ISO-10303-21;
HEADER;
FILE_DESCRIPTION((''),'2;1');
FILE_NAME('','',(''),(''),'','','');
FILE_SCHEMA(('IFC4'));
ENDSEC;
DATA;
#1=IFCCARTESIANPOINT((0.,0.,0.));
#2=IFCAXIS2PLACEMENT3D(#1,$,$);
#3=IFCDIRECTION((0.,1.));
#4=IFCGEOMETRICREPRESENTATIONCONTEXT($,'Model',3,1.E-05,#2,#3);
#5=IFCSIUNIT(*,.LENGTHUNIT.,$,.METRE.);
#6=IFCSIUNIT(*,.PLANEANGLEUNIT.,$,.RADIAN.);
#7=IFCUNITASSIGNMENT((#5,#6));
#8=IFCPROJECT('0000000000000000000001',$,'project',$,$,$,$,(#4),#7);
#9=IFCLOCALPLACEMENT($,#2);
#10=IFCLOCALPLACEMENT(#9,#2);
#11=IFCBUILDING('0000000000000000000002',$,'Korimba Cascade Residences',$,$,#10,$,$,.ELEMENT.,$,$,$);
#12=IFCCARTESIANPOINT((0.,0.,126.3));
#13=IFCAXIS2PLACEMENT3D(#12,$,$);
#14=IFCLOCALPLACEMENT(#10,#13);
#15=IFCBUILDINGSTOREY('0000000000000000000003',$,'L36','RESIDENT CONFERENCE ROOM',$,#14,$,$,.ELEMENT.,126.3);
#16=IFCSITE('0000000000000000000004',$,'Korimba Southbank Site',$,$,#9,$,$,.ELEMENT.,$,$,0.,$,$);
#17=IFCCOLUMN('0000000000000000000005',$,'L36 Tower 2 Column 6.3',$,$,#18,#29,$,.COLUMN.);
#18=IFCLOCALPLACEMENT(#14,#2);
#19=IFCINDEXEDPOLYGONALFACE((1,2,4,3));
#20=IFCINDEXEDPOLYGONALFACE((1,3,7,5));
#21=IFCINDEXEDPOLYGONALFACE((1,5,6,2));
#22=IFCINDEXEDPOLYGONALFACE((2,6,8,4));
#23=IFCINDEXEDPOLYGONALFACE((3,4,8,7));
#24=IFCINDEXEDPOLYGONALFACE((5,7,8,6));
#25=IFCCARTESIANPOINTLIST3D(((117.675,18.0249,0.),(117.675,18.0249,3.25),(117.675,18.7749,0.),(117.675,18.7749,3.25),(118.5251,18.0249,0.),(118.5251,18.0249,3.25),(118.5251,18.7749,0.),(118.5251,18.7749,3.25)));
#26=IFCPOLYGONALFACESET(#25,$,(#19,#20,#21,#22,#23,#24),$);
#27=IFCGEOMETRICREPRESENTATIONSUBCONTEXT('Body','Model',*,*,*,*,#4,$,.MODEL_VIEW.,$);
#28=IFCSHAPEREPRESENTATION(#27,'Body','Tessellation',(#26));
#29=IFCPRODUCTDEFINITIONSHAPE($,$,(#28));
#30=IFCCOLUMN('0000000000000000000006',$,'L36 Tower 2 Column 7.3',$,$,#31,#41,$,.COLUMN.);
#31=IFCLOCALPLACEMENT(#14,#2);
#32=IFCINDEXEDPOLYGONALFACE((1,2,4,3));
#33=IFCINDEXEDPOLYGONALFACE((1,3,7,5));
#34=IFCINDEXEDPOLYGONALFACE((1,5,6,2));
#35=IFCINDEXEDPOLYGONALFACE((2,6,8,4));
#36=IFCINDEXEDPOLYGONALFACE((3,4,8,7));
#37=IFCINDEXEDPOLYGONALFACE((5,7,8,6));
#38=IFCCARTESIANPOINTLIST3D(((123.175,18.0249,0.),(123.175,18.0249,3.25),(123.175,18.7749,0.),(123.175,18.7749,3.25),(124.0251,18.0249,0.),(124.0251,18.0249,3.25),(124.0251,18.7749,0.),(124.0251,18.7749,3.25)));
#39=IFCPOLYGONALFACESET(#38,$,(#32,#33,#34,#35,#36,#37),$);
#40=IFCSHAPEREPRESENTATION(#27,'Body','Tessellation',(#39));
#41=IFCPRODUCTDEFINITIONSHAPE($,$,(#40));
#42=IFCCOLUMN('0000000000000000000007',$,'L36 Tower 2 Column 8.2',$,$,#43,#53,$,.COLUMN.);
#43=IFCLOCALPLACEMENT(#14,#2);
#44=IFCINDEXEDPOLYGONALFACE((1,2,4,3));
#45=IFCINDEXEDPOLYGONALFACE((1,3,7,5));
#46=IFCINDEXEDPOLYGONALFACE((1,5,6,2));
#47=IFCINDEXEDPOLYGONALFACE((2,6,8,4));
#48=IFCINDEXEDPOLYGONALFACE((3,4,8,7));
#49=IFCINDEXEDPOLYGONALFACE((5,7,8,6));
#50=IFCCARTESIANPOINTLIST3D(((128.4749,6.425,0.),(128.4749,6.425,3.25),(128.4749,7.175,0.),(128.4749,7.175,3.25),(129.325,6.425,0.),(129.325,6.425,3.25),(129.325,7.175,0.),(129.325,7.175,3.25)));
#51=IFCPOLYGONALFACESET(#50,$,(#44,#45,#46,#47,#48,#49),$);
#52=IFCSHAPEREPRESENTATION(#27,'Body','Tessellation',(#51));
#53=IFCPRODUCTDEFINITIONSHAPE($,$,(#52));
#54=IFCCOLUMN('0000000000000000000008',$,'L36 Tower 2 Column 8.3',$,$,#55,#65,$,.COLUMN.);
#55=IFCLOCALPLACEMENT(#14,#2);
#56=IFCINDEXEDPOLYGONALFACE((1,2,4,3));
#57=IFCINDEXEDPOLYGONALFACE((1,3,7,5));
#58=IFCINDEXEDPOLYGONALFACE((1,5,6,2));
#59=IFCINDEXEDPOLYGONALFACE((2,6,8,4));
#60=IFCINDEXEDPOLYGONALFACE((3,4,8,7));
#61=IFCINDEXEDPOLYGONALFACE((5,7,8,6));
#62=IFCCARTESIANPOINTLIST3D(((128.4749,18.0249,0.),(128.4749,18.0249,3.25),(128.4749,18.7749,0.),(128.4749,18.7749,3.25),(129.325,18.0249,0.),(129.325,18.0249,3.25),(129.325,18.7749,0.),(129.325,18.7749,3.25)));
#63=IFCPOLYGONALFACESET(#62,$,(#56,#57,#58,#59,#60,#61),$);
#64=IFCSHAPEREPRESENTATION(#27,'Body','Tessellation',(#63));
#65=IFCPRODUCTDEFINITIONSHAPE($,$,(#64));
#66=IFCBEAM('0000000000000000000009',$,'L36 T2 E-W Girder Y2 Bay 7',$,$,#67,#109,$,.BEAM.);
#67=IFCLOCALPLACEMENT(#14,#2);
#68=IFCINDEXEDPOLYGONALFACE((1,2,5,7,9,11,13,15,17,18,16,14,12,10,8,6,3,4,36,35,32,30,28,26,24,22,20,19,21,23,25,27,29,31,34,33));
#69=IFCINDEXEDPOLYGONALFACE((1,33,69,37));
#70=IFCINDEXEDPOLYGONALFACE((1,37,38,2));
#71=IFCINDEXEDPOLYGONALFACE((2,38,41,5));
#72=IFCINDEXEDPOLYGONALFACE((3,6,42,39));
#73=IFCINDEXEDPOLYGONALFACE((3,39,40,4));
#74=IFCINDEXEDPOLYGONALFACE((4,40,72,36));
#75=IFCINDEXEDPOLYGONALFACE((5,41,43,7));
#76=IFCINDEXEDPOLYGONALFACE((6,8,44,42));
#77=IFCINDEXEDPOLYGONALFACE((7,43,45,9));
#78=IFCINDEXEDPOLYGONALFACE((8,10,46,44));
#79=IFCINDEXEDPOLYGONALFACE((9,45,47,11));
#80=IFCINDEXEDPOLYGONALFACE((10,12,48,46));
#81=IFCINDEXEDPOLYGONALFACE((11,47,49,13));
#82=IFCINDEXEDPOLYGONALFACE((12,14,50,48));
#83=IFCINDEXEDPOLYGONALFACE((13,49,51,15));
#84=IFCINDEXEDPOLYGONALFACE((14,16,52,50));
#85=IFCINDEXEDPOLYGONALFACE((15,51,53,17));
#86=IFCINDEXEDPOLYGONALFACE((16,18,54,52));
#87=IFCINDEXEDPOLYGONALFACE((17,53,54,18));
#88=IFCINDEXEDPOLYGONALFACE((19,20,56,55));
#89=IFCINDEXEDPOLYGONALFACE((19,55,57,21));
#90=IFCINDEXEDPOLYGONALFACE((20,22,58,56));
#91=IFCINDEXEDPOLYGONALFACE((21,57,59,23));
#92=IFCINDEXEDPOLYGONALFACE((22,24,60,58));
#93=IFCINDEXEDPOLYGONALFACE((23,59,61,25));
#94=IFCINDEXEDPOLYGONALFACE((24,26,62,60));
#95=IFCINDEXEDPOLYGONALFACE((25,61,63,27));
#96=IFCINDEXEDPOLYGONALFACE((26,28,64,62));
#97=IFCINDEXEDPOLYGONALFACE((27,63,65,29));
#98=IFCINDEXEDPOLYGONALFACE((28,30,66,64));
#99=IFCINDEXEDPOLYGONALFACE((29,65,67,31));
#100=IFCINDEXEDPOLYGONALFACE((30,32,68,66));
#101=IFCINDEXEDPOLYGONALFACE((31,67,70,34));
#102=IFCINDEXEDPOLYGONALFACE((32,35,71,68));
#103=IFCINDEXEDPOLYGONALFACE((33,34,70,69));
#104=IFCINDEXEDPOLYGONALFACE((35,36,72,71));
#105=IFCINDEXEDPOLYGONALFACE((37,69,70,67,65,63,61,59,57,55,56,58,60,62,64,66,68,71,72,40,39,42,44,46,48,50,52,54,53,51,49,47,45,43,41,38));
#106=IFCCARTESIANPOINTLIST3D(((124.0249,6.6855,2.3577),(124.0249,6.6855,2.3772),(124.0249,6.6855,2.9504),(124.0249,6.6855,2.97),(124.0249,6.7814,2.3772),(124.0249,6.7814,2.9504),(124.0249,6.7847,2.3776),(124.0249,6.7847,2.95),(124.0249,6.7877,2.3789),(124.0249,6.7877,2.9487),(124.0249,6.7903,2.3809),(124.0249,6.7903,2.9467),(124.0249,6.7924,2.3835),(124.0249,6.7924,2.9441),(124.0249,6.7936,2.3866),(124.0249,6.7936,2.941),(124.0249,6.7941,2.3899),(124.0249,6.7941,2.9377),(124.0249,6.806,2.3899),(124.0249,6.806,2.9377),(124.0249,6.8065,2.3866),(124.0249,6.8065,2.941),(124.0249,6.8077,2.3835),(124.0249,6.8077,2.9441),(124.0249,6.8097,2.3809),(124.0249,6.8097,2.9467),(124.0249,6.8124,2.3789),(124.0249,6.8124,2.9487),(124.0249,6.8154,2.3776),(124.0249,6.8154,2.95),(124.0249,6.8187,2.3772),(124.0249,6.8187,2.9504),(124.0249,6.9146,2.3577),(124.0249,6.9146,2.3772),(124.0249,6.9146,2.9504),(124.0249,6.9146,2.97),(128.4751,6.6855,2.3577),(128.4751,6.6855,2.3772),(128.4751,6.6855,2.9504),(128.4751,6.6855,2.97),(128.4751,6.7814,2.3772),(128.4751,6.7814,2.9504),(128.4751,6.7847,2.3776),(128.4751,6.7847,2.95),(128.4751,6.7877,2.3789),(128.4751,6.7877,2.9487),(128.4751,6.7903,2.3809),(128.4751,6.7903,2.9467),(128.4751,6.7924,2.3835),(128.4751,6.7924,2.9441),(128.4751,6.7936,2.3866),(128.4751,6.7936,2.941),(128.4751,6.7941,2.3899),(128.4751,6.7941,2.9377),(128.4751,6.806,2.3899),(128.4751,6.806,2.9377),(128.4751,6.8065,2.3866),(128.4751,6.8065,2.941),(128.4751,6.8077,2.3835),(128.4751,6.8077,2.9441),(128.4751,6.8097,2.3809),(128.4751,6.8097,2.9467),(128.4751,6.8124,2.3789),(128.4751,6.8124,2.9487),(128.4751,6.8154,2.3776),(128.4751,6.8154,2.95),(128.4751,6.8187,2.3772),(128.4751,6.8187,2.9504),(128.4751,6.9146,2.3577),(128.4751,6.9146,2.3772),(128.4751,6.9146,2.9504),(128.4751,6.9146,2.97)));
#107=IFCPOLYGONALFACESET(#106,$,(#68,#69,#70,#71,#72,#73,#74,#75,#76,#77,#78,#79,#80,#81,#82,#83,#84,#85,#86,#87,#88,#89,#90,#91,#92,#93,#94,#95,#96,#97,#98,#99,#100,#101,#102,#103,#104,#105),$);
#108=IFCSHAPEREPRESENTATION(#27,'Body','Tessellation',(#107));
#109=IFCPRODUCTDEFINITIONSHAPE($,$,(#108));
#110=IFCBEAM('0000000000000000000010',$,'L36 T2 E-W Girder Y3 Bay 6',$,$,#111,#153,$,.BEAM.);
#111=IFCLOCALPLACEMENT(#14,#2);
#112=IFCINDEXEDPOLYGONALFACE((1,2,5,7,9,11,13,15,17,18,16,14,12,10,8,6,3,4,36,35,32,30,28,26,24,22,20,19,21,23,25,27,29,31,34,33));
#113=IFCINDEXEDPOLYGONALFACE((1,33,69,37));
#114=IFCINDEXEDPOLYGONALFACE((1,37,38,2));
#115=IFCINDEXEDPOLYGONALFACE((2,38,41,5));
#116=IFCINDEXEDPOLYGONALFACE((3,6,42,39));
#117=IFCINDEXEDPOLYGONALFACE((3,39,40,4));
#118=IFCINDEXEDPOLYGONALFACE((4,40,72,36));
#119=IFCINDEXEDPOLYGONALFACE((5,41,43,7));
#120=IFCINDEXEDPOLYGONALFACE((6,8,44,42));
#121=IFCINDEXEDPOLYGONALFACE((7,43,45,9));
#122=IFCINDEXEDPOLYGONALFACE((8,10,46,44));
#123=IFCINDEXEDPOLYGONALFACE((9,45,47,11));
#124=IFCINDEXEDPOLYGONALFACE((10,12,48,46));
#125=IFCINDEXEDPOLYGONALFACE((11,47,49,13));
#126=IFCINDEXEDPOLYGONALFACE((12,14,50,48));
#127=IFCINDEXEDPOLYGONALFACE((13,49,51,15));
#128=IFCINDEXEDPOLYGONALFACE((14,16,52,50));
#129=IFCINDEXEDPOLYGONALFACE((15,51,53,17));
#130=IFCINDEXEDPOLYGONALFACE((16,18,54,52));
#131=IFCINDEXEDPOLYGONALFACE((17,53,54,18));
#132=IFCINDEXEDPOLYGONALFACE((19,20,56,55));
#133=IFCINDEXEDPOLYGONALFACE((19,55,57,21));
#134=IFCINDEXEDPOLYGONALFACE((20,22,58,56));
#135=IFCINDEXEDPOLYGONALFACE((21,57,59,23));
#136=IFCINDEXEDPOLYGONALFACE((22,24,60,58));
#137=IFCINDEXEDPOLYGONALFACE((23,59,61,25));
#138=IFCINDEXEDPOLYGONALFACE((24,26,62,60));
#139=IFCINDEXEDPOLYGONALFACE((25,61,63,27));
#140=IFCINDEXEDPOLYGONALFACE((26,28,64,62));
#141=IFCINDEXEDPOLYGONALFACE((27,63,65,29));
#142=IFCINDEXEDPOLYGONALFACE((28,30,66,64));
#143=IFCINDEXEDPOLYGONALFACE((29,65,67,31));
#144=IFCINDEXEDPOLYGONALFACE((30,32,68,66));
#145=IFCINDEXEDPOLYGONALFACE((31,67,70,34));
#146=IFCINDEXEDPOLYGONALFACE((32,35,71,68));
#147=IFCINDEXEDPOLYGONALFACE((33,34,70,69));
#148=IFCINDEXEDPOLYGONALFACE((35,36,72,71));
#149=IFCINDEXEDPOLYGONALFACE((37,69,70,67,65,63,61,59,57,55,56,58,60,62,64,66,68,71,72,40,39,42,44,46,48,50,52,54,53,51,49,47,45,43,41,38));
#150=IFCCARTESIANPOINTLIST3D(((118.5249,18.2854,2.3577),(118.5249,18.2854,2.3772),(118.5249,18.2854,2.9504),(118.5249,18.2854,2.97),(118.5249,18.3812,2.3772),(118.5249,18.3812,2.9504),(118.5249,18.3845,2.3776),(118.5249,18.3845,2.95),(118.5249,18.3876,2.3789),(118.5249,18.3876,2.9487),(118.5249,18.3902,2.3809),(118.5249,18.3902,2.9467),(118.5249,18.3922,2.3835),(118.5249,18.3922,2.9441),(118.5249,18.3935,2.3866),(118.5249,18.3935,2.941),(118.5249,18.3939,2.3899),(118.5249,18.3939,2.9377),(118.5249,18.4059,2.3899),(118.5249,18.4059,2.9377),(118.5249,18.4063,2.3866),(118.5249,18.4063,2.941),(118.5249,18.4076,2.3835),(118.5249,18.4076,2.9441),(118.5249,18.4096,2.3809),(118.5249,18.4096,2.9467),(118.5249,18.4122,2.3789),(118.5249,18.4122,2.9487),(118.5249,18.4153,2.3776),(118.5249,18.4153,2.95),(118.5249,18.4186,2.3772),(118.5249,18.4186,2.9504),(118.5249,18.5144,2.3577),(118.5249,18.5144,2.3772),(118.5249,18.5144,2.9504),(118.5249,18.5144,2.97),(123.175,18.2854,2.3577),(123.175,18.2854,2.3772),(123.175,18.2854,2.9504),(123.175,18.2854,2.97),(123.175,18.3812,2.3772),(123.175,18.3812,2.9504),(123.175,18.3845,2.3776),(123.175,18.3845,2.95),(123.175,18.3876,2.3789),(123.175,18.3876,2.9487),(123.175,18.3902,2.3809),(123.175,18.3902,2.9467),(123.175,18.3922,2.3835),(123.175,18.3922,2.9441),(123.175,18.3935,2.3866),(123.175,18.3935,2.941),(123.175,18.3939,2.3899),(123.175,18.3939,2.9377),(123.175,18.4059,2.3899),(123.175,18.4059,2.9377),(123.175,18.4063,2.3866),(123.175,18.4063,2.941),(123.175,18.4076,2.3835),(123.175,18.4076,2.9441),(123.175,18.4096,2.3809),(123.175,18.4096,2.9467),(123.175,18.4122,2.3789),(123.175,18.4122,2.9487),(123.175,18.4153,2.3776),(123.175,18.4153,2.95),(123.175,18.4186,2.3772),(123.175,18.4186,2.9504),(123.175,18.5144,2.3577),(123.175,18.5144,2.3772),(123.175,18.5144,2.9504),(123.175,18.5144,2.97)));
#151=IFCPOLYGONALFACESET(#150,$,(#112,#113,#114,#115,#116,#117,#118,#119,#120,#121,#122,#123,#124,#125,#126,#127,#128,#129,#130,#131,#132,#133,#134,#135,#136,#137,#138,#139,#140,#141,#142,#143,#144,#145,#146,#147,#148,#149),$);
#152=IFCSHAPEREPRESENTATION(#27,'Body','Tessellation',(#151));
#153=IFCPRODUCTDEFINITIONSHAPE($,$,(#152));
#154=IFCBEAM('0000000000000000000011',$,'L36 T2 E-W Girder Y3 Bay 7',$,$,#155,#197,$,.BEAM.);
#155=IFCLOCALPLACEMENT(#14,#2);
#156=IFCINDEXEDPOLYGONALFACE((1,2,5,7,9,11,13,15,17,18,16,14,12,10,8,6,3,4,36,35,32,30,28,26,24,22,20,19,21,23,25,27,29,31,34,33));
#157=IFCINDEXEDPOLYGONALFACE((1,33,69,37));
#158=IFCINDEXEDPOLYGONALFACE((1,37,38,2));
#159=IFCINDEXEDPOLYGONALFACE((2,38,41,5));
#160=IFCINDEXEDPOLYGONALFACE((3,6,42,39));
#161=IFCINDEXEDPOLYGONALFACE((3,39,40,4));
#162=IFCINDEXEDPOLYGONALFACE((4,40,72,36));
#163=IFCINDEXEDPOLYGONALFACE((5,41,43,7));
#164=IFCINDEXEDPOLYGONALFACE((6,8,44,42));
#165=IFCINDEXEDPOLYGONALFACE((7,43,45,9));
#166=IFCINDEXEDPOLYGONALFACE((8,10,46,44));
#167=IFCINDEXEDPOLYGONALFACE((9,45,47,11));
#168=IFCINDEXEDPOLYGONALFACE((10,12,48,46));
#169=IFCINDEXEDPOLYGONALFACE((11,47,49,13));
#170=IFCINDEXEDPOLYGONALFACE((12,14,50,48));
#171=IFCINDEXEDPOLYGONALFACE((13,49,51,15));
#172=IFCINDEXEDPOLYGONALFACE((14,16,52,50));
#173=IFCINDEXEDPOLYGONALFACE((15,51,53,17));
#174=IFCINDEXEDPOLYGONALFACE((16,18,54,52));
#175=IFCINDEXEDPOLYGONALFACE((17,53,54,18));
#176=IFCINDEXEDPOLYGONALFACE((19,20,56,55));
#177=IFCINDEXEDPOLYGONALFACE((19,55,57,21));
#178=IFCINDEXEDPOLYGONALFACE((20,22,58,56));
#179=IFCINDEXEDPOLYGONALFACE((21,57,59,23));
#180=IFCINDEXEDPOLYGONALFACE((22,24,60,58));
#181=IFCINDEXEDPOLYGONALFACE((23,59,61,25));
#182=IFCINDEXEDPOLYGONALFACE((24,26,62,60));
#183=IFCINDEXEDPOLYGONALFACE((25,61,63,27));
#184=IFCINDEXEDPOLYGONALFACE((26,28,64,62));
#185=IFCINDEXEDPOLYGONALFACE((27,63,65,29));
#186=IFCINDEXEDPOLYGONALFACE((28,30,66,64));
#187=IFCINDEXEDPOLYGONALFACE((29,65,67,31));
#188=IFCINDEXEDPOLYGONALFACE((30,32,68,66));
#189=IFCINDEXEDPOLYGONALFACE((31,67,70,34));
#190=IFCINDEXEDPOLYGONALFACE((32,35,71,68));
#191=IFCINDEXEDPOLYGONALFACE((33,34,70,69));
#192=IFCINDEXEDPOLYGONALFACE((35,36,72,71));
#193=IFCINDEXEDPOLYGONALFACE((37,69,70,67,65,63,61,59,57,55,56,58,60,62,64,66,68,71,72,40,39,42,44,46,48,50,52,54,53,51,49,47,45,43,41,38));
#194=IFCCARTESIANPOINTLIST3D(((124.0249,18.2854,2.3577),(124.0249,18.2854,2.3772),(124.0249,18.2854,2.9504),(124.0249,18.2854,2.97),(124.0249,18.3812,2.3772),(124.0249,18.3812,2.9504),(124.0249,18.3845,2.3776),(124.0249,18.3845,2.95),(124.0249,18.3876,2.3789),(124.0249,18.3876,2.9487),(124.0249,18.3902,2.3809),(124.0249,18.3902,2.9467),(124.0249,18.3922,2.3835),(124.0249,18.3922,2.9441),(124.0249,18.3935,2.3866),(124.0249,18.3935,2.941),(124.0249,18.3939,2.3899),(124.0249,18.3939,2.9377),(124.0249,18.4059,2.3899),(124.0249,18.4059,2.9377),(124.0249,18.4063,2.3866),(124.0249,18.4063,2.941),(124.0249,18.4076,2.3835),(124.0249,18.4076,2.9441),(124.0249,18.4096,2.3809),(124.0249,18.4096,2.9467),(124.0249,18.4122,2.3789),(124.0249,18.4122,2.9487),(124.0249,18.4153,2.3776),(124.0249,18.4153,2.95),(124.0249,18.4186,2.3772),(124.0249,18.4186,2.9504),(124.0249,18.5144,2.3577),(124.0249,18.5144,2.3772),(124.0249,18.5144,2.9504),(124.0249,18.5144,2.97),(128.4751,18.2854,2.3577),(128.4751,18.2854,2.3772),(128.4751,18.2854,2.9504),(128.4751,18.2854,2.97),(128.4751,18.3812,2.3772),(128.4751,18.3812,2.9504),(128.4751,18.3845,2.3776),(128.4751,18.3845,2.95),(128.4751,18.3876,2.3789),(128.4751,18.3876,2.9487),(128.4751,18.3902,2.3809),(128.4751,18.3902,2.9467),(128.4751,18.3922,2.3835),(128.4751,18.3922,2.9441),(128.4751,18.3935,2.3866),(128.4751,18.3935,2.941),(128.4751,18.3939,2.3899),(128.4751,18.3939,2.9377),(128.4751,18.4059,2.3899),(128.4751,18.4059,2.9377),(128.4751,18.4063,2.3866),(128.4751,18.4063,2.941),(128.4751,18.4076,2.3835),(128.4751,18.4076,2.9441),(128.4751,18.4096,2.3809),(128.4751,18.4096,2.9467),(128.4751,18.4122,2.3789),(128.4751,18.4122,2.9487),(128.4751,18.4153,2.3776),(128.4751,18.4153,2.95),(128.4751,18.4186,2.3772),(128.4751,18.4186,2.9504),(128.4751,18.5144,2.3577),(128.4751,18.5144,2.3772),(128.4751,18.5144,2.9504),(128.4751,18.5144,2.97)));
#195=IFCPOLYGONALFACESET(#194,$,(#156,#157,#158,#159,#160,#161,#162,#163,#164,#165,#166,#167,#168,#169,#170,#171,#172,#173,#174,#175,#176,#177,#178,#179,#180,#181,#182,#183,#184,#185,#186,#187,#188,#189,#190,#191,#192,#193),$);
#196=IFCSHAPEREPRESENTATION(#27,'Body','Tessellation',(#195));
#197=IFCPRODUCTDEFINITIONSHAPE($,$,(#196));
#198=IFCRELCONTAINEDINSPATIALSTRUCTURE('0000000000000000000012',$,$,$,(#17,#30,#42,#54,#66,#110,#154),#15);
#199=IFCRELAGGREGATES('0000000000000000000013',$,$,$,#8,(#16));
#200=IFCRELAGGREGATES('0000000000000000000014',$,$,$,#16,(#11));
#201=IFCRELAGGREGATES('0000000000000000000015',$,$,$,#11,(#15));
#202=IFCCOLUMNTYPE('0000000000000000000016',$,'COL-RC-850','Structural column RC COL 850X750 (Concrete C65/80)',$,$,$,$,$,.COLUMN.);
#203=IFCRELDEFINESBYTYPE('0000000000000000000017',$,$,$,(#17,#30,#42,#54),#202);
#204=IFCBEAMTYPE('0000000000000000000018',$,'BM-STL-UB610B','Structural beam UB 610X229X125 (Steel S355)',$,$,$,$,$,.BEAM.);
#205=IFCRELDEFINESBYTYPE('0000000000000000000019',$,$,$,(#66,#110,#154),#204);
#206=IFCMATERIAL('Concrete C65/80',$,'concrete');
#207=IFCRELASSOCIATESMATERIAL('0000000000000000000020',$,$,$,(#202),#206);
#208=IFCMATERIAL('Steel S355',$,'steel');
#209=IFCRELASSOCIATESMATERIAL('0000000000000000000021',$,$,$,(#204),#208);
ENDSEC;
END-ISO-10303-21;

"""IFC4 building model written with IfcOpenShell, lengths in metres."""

from ifc_helpers import new_model, si_unit, direction, frame, origin, origin_2d, place, context, subcontext, project, spatial, rectangle, i_section, extrude, material, material_profile, profile_set, type_object, element, save


model = new_model("IFC4")

# Units and contexts
model_context = context("Model", 3, precision=1e-05, world=origin(), true_north=direction((0.0, 1.0)))
body_context = subcontext(model_context, "Body", "Model", "MODEL_VIEW")
ifc_project = project(units=[si_unit("LENGTHUNIT", "METRE"), si_unit("PLANEANGLEUNIT", "RADIAN")], contexts=[model_context])

# Site, building, storey
site_placement = place(None, origin())
site = spatial("IfcSite", under=ifc_project, at=site_placement, Name="Korimba Southbank Site", CompositionType="ELEMENT", RefElevation=0.0)
building_placement = place(site_placement, origin())
building = spatial("IfcBuilding", under=site, at=building_placement, Name="Korimba Cascade Residences", CompositionType="ELEMENT")
storey_placement = place(building_placement, frame((0.0, 0.0, 126.3)))
storey = spatial("IfcBuildingStorey", under=building, at=storey_placement, Name="L36", Description="RESIDENT CONFERENCE ROOM", CompositionType="ELEMENT", Elevation=126.3)

# Columns
ifc_material_1 = material(Name="Concrete C65/80", Category="concrete")
ifc_material_profile_1 = material_profile(ifc_material_1, rectangle(XDim=0.8501, YDim=0.75, at=origin_2d()), Name="Concrete C65/80")
ifc_profile_set_1 = profile_set([ifc_material_profile_1], Name="Concrete C65/80")
column_type = type_object("IfcColumnType", Name="COL-RC-850", Description="Structural column RC COL 850X750 (Concrete C65/80)", PredefinedType="COLUMN", material=ifc_profile_set_1)
for number, where, z_axis, x_axis, name in (
    (1, (118.1001, 18.3999, 0.0), (0.0, 0.0, 1.0), (1.0, 0.0, 0.0), "L36 Tower 2 Column 6.3"),
    (2, (123.6001, 18.3999, 0.0), (0.0, 0.0, 1.0), (1.0, 0.0, 0.0), "L36 Tower 2 Column 7.3"),
    (3, (128.8999, 6.8, 0.0), (0.0, 0.0, 1.0), (1.0, 0.0, 0.0), "L36 Tower 2 Column 8.2"),
    (4, (128.8999, 18.3999, 0.0), (0.0, 0.0, 1.0), (1.0, 0.0, 0.0), "L36 Tower 2 Column 8.3"),
):
    element("IfcColumn", number, at=place(storey_placement, frame(where, z_axis=z_axis, x_axis=x_axis)), inside=storey, type_object=column_type, Name=name, PredefinedType="COLUMN", context=body_context, shape_type="SweptSolid", body=[
        extrude(rectangle(XDim=0.8501, YDim=0.75, at=origin_2d()), origin(), (0.0, 0.0, 1.0), 3.25),
    ])

# Beams
ifc_material_2 = material(Name="Steel S355", Category="steel")
ifc_material_profile_2 = material_profile(ifc_material_2, i_section(OverallWidth=0.229, OverallDepth=0.6123, WebThickness=0.012, FlangeThickness=0.0195, FilletRadius=0.0127, at=origin_2d()), Name="Steel S355")
ifc_profile_set_2 = profile_set([ifc_material_profile_2], Name="Steel S355")
beam_type_1 = type_object("IfcBeamType", Name="BM-STL-UB610B", Description="Structural beam UB 610X229X125 (Steel S355)", PredefinedType="BEAM", material=ifc_profile_set_2)
beam_1_placement = place(storey_placement, frame((124.0249, 6.8, 2.6638), z_axis=(1.0, 0.0, 0.0), x_axis=(0.0, 1.0, 0.0)))
element("IfcBeam", 5, at=beam_1_placement, inside=storey, type_object=beam_type_1, Name="L36 T2 E-W Girder Y2 Bay 7", PredefinedType="BEAM", context=body_context, shape_type="SweptSolid", body=[
    extrude(i_section(OverallWidth=0.229, OverallDepth=0.6123, WebThickness=0.012, FlangeThickness=0.0195, FilletRadius=0.0127, at=origin_2d()), origin(), (0.0, 0.0, 1.0), 4.4502),
])
beam_2_placement = place(storey_placement, frame((118.5249, 18.3999, 2.6638), z_axis=(1.0, 0.0, 0.0), x_axis=(0.0, 1.0, 0.0)))
element("IfcBeam", 6, at=beam_2_placement, inside=storey, type_object=beam_type_1, Name="L36 T2 E-W Girder Y3 Bay 6", PredefinedType="BEAM", context=body_context, shape_type="SweptSolid", body=[
    extrude(i_section(OverallWidth=0.229, OverallDepth=0.6123, WebThickness=0.012, FlangeThickness=0.0195, FilletRadius=0.0127, at=origin_2d()), origin(), (0.0, 0.0, 1.0), 4.6501),
])
beam_3_placement = place(storey_placement, frame((124.0249, 18.3999, 2.6638), z_axis=(1.0, 0.0, 0.0), x_axis=(0.0, 1.0, 0.0)))
element("IfcBeam", 7, at=beam_3_placement, inside=storey, type_object=beam_type_1, Name="L36 T2 E-W Girder Y3 Bay 7", PredefinedType="BEAM", context=body_context, shape_type="SweptSolid", body=[
    extrude(i_section(OverallWidth=0.229, OverallDepth=0.6123, WebThickness=0.012, FlangeThickness=0.0195, FilletRadius=0.0127, at=origin_2d()), origin(), (0.0, 0.0, 1.0), 4.4502),
])

save(model, "model.ifc")
